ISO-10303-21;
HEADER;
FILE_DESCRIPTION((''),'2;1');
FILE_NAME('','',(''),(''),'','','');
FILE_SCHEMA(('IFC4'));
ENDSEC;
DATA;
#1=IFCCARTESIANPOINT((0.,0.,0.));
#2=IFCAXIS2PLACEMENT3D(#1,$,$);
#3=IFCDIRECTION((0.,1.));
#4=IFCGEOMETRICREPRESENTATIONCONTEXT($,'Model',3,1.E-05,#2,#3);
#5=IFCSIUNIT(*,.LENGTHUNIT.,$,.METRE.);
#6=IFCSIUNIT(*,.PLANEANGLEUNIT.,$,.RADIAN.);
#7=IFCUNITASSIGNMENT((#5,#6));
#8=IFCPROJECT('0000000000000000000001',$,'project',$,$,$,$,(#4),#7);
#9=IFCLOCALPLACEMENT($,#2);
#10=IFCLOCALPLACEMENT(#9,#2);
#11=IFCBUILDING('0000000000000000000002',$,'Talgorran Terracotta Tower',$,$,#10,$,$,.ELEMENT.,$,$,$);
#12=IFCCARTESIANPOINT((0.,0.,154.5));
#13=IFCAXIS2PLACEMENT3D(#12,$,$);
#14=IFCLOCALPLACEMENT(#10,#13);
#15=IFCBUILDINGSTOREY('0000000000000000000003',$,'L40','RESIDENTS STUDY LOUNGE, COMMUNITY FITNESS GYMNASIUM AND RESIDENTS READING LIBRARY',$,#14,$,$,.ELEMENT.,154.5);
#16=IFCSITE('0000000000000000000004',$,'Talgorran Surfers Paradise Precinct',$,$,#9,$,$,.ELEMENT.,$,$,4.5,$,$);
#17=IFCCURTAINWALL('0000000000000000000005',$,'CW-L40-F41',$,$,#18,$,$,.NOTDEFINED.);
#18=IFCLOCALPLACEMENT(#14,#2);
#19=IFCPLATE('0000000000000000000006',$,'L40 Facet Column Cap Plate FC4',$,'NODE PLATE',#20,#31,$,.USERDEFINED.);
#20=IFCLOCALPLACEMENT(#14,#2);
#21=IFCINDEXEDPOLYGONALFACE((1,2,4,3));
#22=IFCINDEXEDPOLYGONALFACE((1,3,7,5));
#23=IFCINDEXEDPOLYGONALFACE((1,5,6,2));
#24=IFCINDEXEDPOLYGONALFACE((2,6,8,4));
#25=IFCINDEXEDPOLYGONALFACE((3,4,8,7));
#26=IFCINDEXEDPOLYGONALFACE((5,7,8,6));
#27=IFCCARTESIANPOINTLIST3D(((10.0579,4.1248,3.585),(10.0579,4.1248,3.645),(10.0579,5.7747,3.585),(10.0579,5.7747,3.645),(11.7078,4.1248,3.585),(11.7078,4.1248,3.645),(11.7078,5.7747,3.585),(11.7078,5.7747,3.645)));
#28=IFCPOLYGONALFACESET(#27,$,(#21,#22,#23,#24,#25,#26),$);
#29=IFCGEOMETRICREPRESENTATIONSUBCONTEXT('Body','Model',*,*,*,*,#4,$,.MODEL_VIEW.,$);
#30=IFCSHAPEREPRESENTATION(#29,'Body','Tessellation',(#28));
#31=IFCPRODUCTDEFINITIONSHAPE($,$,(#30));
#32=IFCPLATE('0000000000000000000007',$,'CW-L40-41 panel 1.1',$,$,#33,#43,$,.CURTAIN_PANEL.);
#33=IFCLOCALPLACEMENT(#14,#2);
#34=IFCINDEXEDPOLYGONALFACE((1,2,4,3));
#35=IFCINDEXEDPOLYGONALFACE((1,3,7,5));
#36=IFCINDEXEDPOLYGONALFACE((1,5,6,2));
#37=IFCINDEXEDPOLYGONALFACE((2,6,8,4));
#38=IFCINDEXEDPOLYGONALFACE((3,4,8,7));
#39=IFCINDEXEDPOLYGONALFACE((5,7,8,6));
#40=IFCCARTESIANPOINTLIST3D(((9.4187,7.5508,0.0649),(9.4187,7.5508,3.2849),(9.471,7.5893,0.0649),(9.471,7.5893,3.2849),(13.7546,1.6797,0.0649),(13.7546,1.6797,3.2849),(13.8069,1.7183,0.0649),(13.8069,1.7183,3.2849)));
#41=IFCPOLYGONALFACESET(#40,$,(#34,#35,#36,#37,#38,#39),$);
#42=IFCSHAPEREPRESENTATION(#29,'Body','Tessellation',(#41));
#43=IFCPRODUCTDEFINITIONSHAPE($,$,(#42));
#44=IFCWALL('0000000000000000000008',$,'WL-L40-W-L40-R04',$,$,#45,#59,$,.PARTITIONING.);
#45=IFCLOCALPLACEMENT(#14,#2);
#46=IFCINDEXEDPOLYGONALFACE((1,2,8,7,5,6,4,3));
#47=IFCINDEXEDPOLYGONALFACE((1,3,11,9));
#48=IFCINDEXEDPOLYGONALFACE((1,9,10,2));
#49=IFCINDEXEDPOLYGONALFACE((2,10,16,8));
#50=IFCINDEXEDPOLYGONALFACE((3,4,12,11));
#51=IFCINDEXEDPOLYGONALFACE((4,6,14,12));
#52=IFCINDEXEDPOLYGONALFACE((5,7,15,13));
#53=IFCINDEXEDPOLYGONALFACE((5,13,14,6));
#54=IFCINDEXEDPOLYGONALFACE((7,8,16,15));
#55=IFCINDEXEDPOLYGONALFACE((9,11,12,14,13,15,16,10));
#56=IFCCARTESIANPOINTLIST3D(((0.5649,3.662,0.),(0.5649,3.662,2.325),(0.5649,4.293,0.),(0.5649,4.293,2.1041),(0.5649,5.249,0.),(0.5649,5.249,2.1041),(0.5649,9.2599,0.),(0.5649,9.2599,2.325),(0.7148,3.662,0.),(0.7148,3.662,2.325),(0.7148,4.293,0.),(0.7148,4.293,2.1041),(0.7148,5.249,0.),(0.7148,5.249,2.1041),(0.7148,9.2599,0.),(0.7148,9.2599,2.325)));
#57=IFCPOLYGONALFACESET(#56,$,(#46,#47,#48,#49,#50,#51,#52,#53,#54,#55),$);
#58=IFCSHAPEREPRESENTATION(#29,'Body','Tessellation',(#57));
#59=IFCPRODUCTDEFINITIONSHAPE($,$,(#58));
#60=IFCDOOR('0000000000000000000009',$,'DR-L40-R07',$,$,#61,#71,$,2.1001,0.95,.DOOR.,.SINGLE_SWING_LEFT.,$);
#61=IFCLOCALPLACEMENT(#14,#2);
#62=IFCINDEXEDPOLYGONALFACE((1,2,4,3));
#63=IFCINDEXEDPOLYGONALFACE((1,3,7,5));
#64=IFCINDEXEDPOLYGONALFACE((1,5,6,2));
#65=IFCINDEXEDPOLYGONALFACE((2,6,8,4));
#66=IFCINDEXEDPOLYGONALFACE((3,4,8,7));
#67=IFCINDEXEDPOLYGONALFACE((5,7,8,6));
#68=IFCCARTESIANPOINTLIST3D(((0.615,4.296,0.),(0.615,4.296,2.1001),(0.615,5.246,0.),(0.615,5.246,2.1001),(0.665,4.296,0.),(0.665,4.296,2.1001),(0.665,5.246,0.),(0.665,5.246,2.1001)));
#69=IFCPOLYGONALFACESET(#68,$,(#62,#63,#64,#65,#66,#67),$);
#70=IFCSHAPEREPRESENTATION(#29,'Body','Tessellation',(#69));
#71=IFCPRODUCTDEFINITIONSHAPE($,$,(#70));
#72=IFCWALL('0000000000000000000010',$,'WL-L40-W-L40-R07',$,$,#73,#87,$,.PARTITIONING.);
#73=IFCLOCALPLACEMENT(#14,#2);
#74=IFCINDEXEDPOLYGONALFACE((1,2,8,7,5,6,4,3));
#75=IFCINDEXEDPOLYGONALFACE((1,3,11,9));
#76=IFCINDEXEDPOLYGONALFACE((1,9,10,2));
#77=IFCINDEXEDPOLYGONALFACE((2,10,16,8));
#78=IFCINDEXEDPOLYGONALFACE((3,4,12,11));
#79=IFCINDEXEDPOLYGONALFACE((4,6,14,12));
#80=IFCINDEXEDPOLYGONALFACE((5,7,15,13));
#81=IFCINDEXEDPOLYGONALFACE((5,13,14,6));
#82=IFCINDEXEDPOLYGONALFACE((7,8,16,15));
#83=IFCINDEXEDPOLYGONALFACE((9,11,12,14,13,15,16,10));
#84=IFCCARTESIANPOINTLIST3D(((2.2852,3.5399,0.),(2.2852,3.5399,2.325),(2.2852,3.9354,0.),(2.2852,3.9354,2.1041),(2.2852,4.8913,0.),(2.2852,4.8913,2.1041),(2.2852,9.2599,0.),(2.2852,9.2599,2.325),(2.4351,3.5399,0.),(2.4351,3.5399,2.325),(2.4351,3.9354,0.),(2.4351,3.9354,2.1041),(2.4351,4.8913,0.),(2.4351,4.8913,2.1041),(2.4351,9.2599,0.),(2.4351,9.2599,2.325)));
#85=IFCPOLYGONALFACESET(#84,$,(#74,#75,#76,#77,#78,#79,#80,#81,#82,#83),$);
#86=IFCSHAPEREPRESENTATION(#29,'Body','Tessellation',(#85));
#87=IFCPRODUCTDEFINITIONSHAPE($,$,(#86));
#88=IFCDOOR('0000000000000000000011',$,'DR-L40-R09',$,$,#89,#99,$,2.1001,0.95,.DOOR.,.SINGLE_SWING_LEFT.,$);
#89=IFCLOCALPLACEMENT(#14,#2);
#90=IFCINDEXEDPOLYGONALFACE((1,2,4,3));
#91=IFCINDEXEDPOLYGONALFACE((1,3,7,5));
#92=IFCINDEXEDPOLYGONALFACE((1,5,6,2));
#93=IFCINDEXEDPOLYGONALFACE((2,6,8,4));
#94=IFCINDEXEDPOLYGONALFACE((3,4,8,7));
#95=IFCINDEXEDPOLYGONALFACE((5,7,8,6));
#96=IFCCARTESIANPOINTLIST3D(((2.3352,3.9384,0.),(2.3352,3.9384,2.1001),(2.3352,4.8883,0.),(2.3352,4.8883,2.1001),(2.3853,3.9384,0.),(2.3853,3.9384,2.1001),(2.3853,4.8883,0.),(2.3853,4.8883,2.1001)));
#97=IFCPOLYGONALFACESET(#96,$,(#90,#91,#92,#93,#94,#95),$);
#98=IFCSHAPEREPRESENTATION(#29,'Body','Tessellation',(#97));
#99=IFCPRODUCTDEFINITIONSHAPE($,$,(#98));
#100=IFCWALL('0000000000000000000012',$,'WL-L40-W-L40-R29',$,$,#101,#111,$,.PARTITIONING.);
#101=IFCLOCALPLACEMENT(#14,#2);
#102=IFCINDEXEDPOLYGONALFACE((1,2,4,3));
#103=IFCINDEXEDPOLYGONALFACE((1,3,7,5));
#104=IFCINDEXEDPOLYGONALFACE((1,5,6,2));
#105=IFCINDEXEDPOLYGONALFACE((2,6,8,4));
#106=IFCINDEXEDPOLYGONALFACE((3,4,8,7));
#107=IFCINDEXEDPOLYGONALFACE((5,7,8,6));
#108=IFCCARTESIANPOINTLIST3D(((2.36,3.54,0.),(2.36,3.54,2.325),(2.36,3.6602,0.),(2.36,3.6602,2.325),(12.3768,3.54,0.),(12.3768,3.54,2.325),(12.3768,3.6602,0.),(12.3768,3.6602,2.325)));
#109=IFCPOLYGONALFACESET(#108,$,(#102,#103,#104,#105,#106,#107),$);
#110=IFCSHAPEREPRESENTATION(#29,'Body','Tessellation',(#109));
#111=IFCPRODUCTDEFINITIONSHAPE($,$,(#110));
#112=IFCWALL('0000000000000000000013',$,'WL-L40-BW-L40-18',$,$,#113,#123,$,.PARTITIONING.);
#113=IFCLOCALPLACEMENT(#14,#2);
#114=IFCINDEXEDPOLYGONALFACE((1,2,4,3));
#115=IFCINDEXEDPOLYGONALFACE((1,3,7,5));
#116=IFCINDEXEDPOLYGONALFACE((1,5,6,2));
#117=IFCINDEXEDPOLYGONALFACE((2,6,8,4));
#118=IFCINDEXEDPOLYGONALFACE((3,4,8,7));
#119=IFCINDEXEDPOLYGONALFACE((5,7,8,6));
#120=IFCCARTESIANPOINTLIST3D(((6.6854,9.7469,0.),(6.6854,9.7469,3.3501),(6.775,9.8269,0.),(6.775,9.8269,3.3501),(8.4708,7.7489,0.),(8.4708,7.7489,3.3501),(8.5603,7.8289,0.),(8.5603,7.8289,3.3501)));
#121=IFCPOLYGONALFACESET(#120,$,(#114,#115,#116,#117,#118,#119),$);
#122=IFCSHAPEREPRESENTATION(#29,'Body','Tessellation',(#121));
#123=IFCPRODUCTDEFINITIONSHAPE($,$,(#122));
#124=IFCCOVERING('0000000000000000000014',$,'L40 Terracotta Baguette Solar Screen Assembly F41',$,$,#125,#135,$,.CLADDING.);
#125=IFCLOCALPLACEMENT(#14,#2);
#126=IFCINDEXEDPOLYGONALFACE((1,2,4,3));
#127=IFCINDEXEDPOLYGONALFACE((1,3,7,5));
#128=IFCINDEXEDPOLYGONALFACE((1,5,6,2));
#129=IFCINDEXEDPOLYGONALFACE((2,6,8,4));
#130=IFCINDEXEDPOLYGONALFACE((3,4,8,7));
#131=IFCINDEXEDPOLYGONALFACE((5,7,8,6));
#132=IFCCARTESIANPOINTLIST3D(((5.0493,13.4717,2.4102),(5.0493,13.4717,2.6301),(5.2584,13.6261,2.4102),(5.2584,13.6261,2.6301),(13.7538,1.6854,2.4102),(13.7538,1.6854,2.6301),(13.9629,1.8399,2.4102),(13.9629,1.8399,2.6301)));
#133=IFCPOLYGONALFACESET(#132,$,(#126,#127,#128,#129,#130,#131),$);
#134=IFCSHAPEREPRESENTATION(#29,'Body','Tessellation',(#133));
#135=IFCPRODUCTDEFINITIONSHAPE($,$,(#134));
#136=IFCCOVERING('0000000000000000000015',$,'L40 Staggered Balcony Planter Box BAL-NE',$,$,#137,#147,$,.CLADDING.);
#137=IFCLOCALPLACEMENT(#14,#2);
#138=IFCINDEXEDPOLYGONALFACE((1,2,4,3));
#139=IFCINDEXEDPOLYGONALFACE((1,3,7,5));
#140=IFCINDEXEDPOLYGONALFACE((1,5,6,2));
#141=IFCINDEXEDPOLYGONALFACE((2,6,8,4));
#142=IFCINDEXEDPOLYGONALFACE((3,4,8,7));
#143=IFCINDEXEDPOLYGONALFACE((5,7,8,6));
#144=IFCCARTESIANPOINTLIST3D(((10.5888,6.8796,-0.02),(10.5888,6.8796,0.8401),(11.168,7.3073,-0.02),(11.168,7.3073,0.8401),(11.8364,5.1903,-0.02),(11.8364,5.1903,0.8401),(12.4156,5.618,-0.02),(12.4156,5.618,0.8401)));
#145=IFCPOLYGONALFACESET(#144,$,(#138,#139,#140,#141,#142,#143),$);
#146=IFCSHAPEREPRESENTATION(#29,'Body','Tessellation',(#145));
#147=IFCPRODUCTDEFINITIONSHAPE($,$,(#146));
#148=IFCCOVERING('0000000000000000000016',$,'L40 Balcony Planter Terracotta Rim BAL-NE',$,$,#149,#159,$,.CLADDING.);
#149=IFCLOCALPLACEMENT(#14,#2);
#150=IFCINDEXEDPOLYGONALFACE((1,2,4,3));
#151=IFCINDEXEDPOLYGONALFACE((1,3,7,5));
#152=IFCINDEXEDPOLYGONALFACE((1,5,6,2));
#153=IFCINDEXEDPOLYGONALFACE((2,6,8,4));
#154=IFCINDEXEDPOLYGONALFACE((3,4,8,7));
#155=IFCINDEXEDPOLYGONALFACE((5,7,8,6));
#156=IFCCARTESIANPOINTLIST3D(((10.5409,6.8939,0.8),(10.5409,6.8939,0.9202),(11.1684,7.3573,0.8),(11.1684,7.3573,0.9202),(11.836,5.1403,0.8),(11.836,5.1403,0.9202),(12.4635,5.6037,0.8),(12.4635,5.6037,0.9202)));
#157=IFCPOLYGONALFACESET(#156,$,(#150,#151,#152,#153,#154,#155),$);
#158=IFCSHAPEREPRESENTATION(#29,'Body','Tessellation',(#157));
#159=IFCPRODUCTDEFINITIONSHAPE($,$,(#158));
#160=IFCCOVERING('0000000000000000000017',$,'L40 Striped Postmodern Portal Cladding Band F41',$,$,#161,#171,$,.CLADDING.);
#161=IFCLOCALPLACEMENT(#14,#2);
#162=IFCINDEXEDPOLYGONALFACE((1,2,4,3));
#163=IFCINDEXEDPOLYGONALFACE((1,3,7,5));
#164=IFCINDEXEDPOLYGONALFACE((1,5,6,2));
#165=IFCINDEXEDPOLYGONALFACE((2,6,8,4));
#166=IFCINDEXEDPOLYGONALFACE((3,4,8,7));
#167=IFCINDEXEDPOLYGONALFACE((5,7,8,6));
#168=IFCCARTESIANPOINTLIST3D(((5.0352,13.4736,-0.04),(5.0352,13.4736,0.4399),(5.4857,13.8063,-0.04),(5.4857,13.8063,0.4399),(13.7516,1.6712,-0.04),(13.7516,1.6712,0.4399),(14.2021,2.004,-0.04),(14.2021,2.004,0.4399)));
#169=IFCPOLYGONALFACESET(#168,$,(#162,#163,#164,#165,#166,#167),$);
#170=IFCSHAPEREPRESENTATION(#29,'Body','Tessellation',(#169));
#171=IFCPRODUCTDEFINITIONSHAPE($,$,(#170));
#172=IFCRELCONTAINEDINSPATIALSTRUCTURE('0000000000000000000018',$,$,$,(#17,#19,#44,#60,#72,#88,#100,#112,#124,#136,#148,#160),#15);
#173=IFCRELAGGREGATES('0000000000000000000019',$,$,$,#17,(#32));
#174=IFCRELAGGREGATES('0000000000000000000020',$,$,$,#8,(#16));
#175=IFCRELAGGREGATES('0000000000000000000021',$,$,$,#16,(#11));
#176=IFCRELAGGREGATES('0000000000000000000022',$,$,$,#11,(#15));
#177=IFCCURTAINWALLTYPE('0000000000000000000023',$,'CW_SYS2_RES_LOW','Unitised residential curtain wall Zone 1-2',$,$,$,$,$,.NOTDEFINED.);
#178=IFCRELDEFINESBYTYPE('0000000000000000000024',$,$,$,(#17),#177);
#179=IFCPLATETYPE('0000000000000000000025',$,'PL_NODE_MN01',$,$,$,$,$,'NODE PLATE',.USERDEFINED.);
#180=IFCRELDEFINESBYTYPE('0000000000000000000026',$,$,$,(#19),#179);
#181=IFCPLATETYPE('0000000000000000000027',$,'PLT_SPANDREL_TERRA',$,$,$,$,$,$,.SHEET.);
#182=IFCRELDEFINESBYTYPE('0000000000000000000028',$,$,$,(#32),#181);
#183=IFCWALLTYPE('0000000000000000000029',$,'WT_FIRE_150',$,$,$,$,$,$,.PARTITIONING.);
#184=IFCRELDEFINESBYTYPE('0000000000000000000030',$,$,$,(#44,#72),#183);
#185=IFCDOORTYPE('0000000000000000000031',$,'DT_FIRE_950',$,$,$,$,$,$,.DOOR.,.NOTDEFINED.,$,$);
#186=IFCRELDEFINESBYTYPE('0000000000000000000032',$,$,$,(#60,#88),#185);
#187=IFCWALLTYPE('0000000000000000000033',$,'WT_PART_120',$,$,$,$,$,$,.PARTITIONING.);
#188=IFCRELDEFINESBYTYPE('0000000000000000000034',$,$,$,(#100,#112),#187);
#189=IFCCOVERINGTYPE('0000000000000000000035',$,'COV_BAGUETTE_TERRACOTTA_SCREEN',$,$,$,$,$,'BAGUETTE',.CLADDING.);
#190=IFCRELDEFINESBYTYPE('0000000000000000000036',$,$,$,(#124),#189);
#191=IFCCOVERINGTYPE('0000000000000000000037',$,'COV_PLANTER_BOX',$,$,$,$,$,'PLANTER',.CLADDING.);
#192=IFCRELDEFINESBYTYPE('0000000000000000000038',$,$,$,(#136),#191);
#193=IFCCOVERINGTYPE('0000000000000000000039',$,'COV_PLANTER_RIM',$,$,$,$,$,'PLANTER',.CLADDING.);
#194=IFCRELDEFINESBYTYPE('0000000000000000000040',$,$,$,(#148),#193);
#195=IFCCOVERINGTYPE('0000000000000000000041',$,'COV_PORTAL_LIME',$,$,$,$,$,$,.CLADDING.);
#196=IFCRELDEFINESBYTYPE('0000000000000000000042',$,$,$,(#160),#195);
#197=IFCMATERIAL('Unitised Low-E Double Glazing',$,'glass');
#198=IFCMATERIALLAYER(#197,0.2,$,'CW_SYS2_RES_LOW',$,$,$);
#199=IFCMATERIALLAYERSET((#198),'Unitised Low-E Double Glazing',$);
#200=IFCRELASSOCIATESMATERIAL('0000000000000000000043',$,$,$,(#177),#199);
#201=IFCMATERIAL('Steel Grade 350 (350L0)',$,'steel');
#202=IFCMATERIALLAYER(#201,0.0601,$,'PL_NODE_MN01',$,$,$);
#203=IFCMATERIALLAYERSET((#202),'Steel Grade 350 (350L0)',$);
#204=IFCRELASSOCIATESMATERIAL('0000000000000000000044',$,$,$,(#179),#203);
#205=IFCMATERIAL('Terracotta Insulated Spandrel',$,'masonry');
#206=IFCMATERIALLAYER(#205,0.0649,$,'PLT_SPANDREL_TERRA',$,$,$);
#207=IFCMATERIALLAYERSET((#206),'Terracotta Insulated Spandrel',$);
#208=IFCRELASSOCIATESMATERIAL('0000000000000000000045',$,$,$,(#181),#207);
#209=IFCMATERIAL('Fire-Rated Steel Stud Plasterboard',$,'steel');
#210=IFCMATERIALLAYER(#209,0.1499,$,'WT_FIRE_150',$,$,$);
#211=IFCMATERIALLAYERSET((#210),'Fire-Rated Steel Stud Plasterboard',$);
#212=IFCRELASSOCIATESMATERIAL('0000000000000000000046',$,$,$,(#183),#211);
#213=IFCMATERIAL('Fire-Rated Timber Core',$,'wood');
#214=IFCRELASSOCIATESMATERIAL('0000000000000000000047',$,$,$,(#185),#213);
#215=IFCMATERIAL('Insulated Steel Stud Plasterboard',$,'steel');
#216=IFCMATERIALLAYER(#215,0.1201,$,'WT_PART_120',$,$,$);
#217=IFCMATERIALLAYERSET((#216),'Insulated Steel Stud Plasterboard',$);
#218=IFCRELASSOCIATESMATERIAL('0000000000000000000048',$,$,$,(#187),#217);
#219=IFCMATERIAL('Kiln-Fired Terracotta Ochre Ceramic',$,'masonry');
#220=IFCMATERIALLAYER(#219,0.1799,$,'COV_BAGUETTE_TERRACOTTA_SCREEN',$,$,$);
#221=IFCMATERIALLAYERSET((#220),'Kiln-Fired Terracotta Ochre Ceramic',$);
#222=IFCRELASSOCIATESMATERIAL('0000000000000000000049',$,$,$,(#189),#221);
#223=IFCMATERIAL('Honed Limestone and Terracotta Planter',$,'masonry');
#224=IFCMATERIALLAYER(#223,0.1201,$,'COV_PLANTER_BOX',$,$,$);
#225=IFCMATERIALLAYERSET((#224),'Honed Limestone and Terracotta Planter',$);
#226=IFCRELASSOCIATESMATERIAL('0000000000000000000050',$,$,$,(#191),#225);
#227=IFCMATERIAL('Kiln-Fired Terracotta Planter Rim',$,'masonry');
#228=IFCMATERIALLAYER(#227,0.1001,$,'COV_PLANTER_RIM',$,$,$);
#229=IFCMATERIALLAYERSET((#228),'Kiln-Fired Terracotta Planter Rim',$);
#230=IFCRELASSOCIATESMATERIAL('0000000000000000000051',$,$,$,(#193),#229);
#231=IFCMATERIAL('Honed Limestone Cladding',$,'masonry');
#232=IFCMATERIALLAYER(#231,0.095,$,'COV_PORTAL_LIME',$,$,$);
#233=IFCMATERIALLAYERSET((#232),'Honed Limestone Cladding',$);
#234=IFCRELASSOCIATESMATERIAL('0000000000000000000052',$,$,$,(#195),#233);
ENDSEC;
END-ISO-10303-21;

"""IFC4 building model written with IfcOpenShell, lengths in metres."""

from ifc_helpers import new_model, si_unit, direction, frame, frame_2d, origin, origin_2d, place, context, subcontext, project, spatial, rectangle, extrude, source, transform, mapped, material, layer, layer_set, type_object, type_shapes, element, fill, aggregate, save


model = new_model("IFC4")

# Units and contexts
model_context = context("Model", 3, precision=1e-05, world=origin(), true_north=direction((0.0, 1.0)))
body_context = subcontext(model_context, "Body", "Model", "MODEL_VIEW")
ifc_project = project(units=[si_unit("LENGTHUNIT", "METRE"), si_unit("PLANEANGLEUNIT", "RADIAN")], contexts=[model_context])

# Site, building, storey
site_placement = place(None, origin())
site = spatial("IfcSite", under=ifc_project, at=site_placement, Name="Talgorran Surfers Paradise Precinct", CompositionType="ELEMENT", RefElevation=4.5)
building_placement = place(site_placement, origin())
building = spatial("IfcBuilding", under=site, at=building_placement, Name="Talgorran Terracotta Tower", CompositionType="ELEMENT")
storey_placement = place(building_placement, frame((0.0, 0.0, 154.5)))
storey = spatial("IfcBuildingStorey", under=building, at=storey_placement, Name="L40", Description="RESIDENTS STUDY LOUNGE, COMMUNITY FITNESS GYMNASIUM AND RESIDENTS READING LIBRARY", CompositionType="ELEMENT", Elevation=154.5)

# Shared definitions
ifc_material_1 = material(Name="Steel Grade 350 (350L0)", Category="steel")

# Curtain wall
ifc_material_2 = material(Name="Unitised Low-E Double Glazing", Category="glass")
ifc_layer_1 = layer(ifc_material_2, 0.2, Name="CW_SYS2_RES_LOW")
ifc_layer_set_1 = layer_set([ifc_layer_1], Name="Unitised Low-E Double Glazing")
curtain_wall_type = type_object("IfcCurtainWallType", Name="CW_SYS2_RES_LOW", Description="Unitised residential curtain wall Zone 1-2", PredefinedType="NOTDEFINED", material=ifc_layer_set_1)
curtain_wall_placement = place(storey_placement, origin())
curtain_wall = element("IfcCurtainWall", 1, at=curtain_wall_placement, inside=storey, type_object=curtain_wall_type, Name="CW-L40-F41", PredefinedType="NOTDEFINED")

# Plates
ifc_layer_2 = layer(ifc_material_1, 0.0601, Name="PL_NODE_MN01")
ifc_layer_set_2 = layer_set([ifc_layer_2], Name="Steel Grade 350 (350L0)")
plate_type_1 = type_object("IfcPlateType", Name="PL_NODE_MN01", ElementType="NODE PLATE", PredefinedType="USERDEFINED", material=ifc_layer_set_2)
plate_1_placement = place(storey_placement, frame((10.8828, 4.9497, 3.585), z_axis=(0.0, 0.0, 1.0), x_axis=(1.0, 0.0, 0.0)))
element("IfcPlate", 2, at=plate_1_placement, inside=storey, type_object=plate_type_1, Name="L40 Facet Column Cap Plate FC4", ObjectType="NODE PLATE", PredefinedType="USERDEFINED", context=body_context, shape_type="SweptSolid", body=[
    extrude(rectangle(XDim=1.6499, YDim=1.6499, at=origin_2d()), origin(), (0.0, 0.0, 1.0), 0.0601),
])
ifc_material_3 = material(Name="Terracotta Insulated Spandrel", Category="masonry")
ifc_layer_3 = layer(ifc_material_3, 0.0649, Name="PLT_SPANDREL_TERRA")
ifc_layer_set_3 = layer_set([ifc_layer_3], Name="Terracotta Insulated Spandrel")
plate_type_2 = type_object("IfcPlateType", Name="PLT_SPANDREL_TERRA", PredefinedType="SHEET", material=ifc_layer_set_3)
shared_shape_1 = source(origin(), body_context, "Body", "SweptSolid", [
    extrude(rectangle(XDim=7.2986, YDim=0.0649, at=origin_2d()), origin(), (0.0, 0.0, 1.0), 3.22),
])
type_shapes(plate_type_2, [shared_shape_1])
plate_2_placement = place(storey_placement, frame((11.6128, 4.6345, 0.0649), z_axis=(0.0, 0.0, 1.0), x_axis=(-0.594075, 0.80441, 0.0)))
plate_2 = element("IfcPlate", 3, at=plate_2_placement, type_object=plate_type_2, Name="CW-L40-41 panel 1.1", PredefinedType="CURTAIN_PANEL", context=body_context, shape_type="MappedRepresentation", body=[
    mapped(shared_shape_1, transform((0.0, 0.0, 0.0), scale=1.0)),
])
aggregate(curtain_wall, [plate_2])

# Walls, openings, doors
ifc_material_4 = material(Name="Fire-Rated Steel Stud Plasterboard", Category="steel")
ifc_layer_4 = layer(ifc_material_4, 0.1499, Name="WT_FIRE_150")
ifc_layer_set_4 = layer_set([ifc_layer_4], Name="Fire-Rated Steel Stud Plasterboard")
wall_type_1 = type_object("IfcWallType", Name="WT_FIRE_150", PredefinedType="PARTITIONING", material=ifc_layer_set_4)
wall_1_placement = place(storey_placement, frame((0.6399, 3.6621, 0.0), z_axis=(0.0, 0.0, 1.0), x_axis=(0.0, 1.0, 0.0)))
wall_1 = element("IfcWall", 4, at=wall_1_placement, inside=storey, type_object=wall_type_1, Name="WL-L40-W-L40-R04", PredefinedType="PARTITIONING", context=body_context, shape_type="SweptSolid", body=[
    extrude(rectangle(XDim=5.5979, YDim=0.1499, at=frame_2d((2.7988, 0.0))), origin(), (0.0, 0.0, 1.0), 2.325),
])
opening_1_placement = place(wall_1_placement, frame((0.6338, 0.0, 0.0)))
opening_1 = element("IfcOpeningElement", 5, at=opening_1_placement, cuts=wall_1, PredefinedType="OPENING", context=body_context, shape_type="SweptSolid", body=[
    extrude(rectangle(XDim=0.956, YDim=2.1041, at=frame_2d((0.4751, 1.052))), frame((0.0, 0.085, 0.0), z_axis=(0.0, -1.0, 0.0), x_axis=(1.0, 0.0, 0.0)), (0.0, 0.0, 1.0), 0.1699),
])
ifc_material_5 = material(Name="Fire-Rated Timber Core", Category="wood")
door_type = type_object("IfcDoorType", Name="DT_FIRE_950", OperationType="NOTDEFINED", PredefinedType="DOOR", material=ifc_material_5)
door_1_placement = place(opening_1_placement, origin())
door_1 = element("IfcDoor", 6, at=door_1_placement, inside=storey, type_object=door_type, Name="DR-L40-R07", OperationType="SINGLE_SWING_LEFT", OverallHeight=2.1001, OverallWidth=0.95, PredefinedType="DOOR", context=body_context, shape_type="SweptSolid", body=[
    extrude(rectangle(XDim=0.95, YDim=2.1001, at=frame_2d((0.4751, 1.05))), frame((0.0, 0.0249, 0.0), z_axis=(0.0, -1.0, 0.0), x_axis=(1.0, 0.0, 0.0)), (0.0, 0.0, 1.0), 0.05),
])
fill(opening_1, door_1)
wall_2_placement = place(storey_placement, frame((2.3601, 3.54, 0.0), z_axis=(0.0, 0.0, 1.0), x_axis=(0.0, 1.0, 0.0)))
wall_2 = element("IfcWall", 7, at=wall_2_placement, inside=storey, type_object=wall_type_1, Name="WL-L40-W-L40-R07", PredefinedType="PARTITIONING", context=body_context, shape_type="SweptSolid", body=[
    extrude(rectangle(XDim=5.72, YDim=0.1499, at=frame_2d((2.8599, 0.0))), origin(), (0.0, 0.0, 1.0), 2.325),
])
opening_2_placement = place(wall_2_placement, frame((0.3982, 0.0, 0.0)))
opening_2 = element("IfcOpeningElement", 8, at=opening_2_placement, cuts=wall_2, PredefinedType="OPENING", context=body_context, shape_type="SweptSolid", body=[
    extrude(rectangle(XDim=0.956, YDim=2.1041, at=frame_2d((0.4751, 1.052))), frame((0.0, 0.085, 0.0), z_axis=(0.0, -1.0, 0.0), x_axis=(1.0, 0.0, 0.0)), (0.0, 0.0, 1.0), 0.1699),
])
door_2_placement = place(opening_2_placement, origin())
door_2 = element("IfcDoor", 9, at=door_2_placement, inside=storey, type_object=door_type, Name="DR-L40-R09", OperationType="SINGLE_SWING_LEFT", OverallHeight=2.1001, OverallWidth=0.95, PredefinedType="DOOR", context=body_context, shape_type="SweptSolid", body=[
    extrude(rectangle(XDim=0.95, YDim=2.1001, at=frame_2d((0.4751, 1.05))), frame((0.0, 0.0249, 0.0), z_axis=(0.0, -1.0, 0.0), x_axis=(1.0, 0.0, 0.0)), (0.0, 0.0, 1.0), 0.05),
])
fill(opening_2, door_2)

# Walls
ifc_material_6 = material(Name="Insulated Steel Stud Plasterboard", Category="steel")
ifc_layer_5 = layer(ifc_material_6, 0.1201, Name="WT_PART_120")
ifc_layer_set_5 = layer_set([ifc_layer_5], Name="Insulated Steel Stud Plasterboard")
wall_type_2 = type_object("IfcWallType", Name="WT_PART_120", PredefinedType="PARTITIONING", material=ifc_layer_set_5)
wall_3_placement = place(storey_placement, frame((2.3601, 3.6001, 0.0), z_axis=(0.0, 0.0, 1.0), x_axis=(1.0, 0.0, 0.0)))
element("IfcWall", 10, at=wall_3_placement, inside=storey, type_object=wall_type_2, Name="WL-L40-W-L40-R29", PredefinedType="PARTITIONING", context=body_context, shape_type="SweptSolid", body=[
    extrude(rectangle(XDim=10.0168, YDim=0.1201, at=frame_2d((5.0083, 0.0))), origin(), (0.0, 0.0, 1.0), 2.325),
])
wall_4_placement = place(storey_placement, frame((8.5156, 7.7888, 0.0), z_axis=(0.0, 0.0, 1.0), x_axis=(-0.666313, 0.745672, 0.0)))
element("IfcWall", 11, at=wall_4_placement, inside=storey, type_object=wall_type_2, Name="WL-L40-BW-L40-18", PredefinedType="PARTITIONING", context=body_context, shape_type="SweptSolid", body=[
    extrude(rectangle(XDim=2.6794, YDim=0.1201, at=frame_2d((1.3398, 0.0))), origin(), (0.0, 0.0, 1.0), 3.3501),
])

# Coverings
ifc_material_7 = material(Name="Kiln-Fired Terracotta Ochre Ceramic", Category="masonry")
ifc_layer_6 = layer(ifc_material_7, 0.1799, Name="COV_BAGUETTE_TERRACOTTA_SCREEN")
ifc_layer_set_6 = layer_set([ifc_layer_6], Name="Kiln-Fired Terracotta Ochre Ceramic")
covering_type_1 = type_object("IfcCoveringType", Name="COV_BAGUETTE_TERRACOTTA_SCREEN", ElementType="BAGUETTE", PredefinedType="CLADDING", material=ifc_layer_set_6)
covering_1_placement = place(storey_placement, frame((9.5061, 7.6558, 2.4102), z_axis=(0.0, 0.0, 1.0), x_axis=(-0.594079, 0.804407, 0.0)))
element("IfcCovering", 12, at=covering_1_placement, inside=storey, type_object=covering_type_1, Name="L40 Terracotta Baguette Solar Screen Assembly F41", PredefinedType="CLADDING", context=body_context, shape_type="SweptSolid", body=[
    extrude(rectangle(XDim=14.6521, YDim=0.26, at=origin_2d()), origin(), (0.0, 0.0, 1.0), 0.22),
])
ifc_material_8 = material(Name="Honed Limestone and Terracotta Planter", Category="masonry")
ifc_layer_7 = layer(ifc_material_8, 0.1201, Name="COV_PLANTER_BOX")
ifc_layer_set_7 = layer_set([ifc_layer_7], Name="Honed Limestone and Terracotta Planter")
covering_type_2 = type_object("IfcCoveringType", Name="COV_PLANTER_BOX", ElementType="PLANTER", PredefinedType="CLADDING", material=ifc_layer_set_7)
covering_2_placement = place(storey_placement, frame((11.5022, 6.2488, -0.02), z_axis=(0.0, 0.0, 1.0), x_axis=(-0.594079, 0.804407, 0.0)))
element("IfcCovering", 13, at=covering_2_placement, inside=storey, type_object=covering_type_2, Name="L40 Staggered Balcony Planter Box BAL-NE", PredefinedType="CLADDING", context=body_context, shape_type="SweptSolid", body=[
    extrude(rectangle(XDim=2.1001, YDim=0.72, at=origin_2d()), origin(), (0.0, 0.0, 1.0), 0.8601),
])
ifc_material_9 = material(Name="Kiln-Fired Terracotta Planter Rim", Category="masonry")
ifc_layer_8 = layer(ifc_material_9, 0.1001, Name="COV_PLANTER_RIM")
ifc_layer_set_8 = layer_set([ifc_layer_8], Name="Kiln-Fired Terracotta Planter Rim")
covering_type_3 = type_object("IfcCoveringType", Name="COV_PLANTER_RIM", ElementType="PLANTER", PredefinedType="CLADDING", material=ifc_layer_set_8)
covering_3_placement = place(storey_placement, frame((11.5022, 6.2488, 0.8), z_axis=(0.0, 0.0, 1.0), x_axis=(-0.594079, 0.804407, 0.0)))
element("IfcCovering", 14, at=covering_3_placement, inside=storey, type_object=covering_type_3, Name="L40 Balcony Planter Terracotta Rim BAL-NE", PredefinedType="CLADDING", context=body_context, shape_type="SweptSolid", body=[
    extrude(rectangle(XDim=2.1799, YDim=0.78, at=origin_2d()), origin(), (0.0, 0.0, 1.0), 0.1201),
])
ifc_material_10 = material(Name="Honed Limestone Cladding", Category="masonry")
ifc_layer_9 = layer(ifc_material_10, 0.095, Name="COV_PORTAL_LIME")
ifc_layer_set_9 = layer_set([ifc_layer_9], Name="Honed Limestone Cladding")
covering_type_4 = type_object("IfcCoveringType", Name="COV_PORTAL_LIME", PredefinedType="CLADDING", material=ifc_layer_set_9)
covering_4_placement = place(storey_placement, frame((9.6187, 7.7388, -0.04), z_axis=(0.0, 0.0, 1.0), x_axis=(-0.594079, 0.804407, 0.0)))
element("IfcCovering", 15, at=covering_4_placement, inside=storey, type_object=covering_type_4, Name="L40 Striped Postmodern Portal Cladding Band F41", PredefinedType="CLADDING", context=body_context, shape_type="SweptSolid", body=[
    extrude(rectangle(XDim=14.6721, YDim=0.5601, at=origin_2d()), origin(), (0.0, 0.0, 1.0), 0.48),
])

save(model, "model.ifc")
